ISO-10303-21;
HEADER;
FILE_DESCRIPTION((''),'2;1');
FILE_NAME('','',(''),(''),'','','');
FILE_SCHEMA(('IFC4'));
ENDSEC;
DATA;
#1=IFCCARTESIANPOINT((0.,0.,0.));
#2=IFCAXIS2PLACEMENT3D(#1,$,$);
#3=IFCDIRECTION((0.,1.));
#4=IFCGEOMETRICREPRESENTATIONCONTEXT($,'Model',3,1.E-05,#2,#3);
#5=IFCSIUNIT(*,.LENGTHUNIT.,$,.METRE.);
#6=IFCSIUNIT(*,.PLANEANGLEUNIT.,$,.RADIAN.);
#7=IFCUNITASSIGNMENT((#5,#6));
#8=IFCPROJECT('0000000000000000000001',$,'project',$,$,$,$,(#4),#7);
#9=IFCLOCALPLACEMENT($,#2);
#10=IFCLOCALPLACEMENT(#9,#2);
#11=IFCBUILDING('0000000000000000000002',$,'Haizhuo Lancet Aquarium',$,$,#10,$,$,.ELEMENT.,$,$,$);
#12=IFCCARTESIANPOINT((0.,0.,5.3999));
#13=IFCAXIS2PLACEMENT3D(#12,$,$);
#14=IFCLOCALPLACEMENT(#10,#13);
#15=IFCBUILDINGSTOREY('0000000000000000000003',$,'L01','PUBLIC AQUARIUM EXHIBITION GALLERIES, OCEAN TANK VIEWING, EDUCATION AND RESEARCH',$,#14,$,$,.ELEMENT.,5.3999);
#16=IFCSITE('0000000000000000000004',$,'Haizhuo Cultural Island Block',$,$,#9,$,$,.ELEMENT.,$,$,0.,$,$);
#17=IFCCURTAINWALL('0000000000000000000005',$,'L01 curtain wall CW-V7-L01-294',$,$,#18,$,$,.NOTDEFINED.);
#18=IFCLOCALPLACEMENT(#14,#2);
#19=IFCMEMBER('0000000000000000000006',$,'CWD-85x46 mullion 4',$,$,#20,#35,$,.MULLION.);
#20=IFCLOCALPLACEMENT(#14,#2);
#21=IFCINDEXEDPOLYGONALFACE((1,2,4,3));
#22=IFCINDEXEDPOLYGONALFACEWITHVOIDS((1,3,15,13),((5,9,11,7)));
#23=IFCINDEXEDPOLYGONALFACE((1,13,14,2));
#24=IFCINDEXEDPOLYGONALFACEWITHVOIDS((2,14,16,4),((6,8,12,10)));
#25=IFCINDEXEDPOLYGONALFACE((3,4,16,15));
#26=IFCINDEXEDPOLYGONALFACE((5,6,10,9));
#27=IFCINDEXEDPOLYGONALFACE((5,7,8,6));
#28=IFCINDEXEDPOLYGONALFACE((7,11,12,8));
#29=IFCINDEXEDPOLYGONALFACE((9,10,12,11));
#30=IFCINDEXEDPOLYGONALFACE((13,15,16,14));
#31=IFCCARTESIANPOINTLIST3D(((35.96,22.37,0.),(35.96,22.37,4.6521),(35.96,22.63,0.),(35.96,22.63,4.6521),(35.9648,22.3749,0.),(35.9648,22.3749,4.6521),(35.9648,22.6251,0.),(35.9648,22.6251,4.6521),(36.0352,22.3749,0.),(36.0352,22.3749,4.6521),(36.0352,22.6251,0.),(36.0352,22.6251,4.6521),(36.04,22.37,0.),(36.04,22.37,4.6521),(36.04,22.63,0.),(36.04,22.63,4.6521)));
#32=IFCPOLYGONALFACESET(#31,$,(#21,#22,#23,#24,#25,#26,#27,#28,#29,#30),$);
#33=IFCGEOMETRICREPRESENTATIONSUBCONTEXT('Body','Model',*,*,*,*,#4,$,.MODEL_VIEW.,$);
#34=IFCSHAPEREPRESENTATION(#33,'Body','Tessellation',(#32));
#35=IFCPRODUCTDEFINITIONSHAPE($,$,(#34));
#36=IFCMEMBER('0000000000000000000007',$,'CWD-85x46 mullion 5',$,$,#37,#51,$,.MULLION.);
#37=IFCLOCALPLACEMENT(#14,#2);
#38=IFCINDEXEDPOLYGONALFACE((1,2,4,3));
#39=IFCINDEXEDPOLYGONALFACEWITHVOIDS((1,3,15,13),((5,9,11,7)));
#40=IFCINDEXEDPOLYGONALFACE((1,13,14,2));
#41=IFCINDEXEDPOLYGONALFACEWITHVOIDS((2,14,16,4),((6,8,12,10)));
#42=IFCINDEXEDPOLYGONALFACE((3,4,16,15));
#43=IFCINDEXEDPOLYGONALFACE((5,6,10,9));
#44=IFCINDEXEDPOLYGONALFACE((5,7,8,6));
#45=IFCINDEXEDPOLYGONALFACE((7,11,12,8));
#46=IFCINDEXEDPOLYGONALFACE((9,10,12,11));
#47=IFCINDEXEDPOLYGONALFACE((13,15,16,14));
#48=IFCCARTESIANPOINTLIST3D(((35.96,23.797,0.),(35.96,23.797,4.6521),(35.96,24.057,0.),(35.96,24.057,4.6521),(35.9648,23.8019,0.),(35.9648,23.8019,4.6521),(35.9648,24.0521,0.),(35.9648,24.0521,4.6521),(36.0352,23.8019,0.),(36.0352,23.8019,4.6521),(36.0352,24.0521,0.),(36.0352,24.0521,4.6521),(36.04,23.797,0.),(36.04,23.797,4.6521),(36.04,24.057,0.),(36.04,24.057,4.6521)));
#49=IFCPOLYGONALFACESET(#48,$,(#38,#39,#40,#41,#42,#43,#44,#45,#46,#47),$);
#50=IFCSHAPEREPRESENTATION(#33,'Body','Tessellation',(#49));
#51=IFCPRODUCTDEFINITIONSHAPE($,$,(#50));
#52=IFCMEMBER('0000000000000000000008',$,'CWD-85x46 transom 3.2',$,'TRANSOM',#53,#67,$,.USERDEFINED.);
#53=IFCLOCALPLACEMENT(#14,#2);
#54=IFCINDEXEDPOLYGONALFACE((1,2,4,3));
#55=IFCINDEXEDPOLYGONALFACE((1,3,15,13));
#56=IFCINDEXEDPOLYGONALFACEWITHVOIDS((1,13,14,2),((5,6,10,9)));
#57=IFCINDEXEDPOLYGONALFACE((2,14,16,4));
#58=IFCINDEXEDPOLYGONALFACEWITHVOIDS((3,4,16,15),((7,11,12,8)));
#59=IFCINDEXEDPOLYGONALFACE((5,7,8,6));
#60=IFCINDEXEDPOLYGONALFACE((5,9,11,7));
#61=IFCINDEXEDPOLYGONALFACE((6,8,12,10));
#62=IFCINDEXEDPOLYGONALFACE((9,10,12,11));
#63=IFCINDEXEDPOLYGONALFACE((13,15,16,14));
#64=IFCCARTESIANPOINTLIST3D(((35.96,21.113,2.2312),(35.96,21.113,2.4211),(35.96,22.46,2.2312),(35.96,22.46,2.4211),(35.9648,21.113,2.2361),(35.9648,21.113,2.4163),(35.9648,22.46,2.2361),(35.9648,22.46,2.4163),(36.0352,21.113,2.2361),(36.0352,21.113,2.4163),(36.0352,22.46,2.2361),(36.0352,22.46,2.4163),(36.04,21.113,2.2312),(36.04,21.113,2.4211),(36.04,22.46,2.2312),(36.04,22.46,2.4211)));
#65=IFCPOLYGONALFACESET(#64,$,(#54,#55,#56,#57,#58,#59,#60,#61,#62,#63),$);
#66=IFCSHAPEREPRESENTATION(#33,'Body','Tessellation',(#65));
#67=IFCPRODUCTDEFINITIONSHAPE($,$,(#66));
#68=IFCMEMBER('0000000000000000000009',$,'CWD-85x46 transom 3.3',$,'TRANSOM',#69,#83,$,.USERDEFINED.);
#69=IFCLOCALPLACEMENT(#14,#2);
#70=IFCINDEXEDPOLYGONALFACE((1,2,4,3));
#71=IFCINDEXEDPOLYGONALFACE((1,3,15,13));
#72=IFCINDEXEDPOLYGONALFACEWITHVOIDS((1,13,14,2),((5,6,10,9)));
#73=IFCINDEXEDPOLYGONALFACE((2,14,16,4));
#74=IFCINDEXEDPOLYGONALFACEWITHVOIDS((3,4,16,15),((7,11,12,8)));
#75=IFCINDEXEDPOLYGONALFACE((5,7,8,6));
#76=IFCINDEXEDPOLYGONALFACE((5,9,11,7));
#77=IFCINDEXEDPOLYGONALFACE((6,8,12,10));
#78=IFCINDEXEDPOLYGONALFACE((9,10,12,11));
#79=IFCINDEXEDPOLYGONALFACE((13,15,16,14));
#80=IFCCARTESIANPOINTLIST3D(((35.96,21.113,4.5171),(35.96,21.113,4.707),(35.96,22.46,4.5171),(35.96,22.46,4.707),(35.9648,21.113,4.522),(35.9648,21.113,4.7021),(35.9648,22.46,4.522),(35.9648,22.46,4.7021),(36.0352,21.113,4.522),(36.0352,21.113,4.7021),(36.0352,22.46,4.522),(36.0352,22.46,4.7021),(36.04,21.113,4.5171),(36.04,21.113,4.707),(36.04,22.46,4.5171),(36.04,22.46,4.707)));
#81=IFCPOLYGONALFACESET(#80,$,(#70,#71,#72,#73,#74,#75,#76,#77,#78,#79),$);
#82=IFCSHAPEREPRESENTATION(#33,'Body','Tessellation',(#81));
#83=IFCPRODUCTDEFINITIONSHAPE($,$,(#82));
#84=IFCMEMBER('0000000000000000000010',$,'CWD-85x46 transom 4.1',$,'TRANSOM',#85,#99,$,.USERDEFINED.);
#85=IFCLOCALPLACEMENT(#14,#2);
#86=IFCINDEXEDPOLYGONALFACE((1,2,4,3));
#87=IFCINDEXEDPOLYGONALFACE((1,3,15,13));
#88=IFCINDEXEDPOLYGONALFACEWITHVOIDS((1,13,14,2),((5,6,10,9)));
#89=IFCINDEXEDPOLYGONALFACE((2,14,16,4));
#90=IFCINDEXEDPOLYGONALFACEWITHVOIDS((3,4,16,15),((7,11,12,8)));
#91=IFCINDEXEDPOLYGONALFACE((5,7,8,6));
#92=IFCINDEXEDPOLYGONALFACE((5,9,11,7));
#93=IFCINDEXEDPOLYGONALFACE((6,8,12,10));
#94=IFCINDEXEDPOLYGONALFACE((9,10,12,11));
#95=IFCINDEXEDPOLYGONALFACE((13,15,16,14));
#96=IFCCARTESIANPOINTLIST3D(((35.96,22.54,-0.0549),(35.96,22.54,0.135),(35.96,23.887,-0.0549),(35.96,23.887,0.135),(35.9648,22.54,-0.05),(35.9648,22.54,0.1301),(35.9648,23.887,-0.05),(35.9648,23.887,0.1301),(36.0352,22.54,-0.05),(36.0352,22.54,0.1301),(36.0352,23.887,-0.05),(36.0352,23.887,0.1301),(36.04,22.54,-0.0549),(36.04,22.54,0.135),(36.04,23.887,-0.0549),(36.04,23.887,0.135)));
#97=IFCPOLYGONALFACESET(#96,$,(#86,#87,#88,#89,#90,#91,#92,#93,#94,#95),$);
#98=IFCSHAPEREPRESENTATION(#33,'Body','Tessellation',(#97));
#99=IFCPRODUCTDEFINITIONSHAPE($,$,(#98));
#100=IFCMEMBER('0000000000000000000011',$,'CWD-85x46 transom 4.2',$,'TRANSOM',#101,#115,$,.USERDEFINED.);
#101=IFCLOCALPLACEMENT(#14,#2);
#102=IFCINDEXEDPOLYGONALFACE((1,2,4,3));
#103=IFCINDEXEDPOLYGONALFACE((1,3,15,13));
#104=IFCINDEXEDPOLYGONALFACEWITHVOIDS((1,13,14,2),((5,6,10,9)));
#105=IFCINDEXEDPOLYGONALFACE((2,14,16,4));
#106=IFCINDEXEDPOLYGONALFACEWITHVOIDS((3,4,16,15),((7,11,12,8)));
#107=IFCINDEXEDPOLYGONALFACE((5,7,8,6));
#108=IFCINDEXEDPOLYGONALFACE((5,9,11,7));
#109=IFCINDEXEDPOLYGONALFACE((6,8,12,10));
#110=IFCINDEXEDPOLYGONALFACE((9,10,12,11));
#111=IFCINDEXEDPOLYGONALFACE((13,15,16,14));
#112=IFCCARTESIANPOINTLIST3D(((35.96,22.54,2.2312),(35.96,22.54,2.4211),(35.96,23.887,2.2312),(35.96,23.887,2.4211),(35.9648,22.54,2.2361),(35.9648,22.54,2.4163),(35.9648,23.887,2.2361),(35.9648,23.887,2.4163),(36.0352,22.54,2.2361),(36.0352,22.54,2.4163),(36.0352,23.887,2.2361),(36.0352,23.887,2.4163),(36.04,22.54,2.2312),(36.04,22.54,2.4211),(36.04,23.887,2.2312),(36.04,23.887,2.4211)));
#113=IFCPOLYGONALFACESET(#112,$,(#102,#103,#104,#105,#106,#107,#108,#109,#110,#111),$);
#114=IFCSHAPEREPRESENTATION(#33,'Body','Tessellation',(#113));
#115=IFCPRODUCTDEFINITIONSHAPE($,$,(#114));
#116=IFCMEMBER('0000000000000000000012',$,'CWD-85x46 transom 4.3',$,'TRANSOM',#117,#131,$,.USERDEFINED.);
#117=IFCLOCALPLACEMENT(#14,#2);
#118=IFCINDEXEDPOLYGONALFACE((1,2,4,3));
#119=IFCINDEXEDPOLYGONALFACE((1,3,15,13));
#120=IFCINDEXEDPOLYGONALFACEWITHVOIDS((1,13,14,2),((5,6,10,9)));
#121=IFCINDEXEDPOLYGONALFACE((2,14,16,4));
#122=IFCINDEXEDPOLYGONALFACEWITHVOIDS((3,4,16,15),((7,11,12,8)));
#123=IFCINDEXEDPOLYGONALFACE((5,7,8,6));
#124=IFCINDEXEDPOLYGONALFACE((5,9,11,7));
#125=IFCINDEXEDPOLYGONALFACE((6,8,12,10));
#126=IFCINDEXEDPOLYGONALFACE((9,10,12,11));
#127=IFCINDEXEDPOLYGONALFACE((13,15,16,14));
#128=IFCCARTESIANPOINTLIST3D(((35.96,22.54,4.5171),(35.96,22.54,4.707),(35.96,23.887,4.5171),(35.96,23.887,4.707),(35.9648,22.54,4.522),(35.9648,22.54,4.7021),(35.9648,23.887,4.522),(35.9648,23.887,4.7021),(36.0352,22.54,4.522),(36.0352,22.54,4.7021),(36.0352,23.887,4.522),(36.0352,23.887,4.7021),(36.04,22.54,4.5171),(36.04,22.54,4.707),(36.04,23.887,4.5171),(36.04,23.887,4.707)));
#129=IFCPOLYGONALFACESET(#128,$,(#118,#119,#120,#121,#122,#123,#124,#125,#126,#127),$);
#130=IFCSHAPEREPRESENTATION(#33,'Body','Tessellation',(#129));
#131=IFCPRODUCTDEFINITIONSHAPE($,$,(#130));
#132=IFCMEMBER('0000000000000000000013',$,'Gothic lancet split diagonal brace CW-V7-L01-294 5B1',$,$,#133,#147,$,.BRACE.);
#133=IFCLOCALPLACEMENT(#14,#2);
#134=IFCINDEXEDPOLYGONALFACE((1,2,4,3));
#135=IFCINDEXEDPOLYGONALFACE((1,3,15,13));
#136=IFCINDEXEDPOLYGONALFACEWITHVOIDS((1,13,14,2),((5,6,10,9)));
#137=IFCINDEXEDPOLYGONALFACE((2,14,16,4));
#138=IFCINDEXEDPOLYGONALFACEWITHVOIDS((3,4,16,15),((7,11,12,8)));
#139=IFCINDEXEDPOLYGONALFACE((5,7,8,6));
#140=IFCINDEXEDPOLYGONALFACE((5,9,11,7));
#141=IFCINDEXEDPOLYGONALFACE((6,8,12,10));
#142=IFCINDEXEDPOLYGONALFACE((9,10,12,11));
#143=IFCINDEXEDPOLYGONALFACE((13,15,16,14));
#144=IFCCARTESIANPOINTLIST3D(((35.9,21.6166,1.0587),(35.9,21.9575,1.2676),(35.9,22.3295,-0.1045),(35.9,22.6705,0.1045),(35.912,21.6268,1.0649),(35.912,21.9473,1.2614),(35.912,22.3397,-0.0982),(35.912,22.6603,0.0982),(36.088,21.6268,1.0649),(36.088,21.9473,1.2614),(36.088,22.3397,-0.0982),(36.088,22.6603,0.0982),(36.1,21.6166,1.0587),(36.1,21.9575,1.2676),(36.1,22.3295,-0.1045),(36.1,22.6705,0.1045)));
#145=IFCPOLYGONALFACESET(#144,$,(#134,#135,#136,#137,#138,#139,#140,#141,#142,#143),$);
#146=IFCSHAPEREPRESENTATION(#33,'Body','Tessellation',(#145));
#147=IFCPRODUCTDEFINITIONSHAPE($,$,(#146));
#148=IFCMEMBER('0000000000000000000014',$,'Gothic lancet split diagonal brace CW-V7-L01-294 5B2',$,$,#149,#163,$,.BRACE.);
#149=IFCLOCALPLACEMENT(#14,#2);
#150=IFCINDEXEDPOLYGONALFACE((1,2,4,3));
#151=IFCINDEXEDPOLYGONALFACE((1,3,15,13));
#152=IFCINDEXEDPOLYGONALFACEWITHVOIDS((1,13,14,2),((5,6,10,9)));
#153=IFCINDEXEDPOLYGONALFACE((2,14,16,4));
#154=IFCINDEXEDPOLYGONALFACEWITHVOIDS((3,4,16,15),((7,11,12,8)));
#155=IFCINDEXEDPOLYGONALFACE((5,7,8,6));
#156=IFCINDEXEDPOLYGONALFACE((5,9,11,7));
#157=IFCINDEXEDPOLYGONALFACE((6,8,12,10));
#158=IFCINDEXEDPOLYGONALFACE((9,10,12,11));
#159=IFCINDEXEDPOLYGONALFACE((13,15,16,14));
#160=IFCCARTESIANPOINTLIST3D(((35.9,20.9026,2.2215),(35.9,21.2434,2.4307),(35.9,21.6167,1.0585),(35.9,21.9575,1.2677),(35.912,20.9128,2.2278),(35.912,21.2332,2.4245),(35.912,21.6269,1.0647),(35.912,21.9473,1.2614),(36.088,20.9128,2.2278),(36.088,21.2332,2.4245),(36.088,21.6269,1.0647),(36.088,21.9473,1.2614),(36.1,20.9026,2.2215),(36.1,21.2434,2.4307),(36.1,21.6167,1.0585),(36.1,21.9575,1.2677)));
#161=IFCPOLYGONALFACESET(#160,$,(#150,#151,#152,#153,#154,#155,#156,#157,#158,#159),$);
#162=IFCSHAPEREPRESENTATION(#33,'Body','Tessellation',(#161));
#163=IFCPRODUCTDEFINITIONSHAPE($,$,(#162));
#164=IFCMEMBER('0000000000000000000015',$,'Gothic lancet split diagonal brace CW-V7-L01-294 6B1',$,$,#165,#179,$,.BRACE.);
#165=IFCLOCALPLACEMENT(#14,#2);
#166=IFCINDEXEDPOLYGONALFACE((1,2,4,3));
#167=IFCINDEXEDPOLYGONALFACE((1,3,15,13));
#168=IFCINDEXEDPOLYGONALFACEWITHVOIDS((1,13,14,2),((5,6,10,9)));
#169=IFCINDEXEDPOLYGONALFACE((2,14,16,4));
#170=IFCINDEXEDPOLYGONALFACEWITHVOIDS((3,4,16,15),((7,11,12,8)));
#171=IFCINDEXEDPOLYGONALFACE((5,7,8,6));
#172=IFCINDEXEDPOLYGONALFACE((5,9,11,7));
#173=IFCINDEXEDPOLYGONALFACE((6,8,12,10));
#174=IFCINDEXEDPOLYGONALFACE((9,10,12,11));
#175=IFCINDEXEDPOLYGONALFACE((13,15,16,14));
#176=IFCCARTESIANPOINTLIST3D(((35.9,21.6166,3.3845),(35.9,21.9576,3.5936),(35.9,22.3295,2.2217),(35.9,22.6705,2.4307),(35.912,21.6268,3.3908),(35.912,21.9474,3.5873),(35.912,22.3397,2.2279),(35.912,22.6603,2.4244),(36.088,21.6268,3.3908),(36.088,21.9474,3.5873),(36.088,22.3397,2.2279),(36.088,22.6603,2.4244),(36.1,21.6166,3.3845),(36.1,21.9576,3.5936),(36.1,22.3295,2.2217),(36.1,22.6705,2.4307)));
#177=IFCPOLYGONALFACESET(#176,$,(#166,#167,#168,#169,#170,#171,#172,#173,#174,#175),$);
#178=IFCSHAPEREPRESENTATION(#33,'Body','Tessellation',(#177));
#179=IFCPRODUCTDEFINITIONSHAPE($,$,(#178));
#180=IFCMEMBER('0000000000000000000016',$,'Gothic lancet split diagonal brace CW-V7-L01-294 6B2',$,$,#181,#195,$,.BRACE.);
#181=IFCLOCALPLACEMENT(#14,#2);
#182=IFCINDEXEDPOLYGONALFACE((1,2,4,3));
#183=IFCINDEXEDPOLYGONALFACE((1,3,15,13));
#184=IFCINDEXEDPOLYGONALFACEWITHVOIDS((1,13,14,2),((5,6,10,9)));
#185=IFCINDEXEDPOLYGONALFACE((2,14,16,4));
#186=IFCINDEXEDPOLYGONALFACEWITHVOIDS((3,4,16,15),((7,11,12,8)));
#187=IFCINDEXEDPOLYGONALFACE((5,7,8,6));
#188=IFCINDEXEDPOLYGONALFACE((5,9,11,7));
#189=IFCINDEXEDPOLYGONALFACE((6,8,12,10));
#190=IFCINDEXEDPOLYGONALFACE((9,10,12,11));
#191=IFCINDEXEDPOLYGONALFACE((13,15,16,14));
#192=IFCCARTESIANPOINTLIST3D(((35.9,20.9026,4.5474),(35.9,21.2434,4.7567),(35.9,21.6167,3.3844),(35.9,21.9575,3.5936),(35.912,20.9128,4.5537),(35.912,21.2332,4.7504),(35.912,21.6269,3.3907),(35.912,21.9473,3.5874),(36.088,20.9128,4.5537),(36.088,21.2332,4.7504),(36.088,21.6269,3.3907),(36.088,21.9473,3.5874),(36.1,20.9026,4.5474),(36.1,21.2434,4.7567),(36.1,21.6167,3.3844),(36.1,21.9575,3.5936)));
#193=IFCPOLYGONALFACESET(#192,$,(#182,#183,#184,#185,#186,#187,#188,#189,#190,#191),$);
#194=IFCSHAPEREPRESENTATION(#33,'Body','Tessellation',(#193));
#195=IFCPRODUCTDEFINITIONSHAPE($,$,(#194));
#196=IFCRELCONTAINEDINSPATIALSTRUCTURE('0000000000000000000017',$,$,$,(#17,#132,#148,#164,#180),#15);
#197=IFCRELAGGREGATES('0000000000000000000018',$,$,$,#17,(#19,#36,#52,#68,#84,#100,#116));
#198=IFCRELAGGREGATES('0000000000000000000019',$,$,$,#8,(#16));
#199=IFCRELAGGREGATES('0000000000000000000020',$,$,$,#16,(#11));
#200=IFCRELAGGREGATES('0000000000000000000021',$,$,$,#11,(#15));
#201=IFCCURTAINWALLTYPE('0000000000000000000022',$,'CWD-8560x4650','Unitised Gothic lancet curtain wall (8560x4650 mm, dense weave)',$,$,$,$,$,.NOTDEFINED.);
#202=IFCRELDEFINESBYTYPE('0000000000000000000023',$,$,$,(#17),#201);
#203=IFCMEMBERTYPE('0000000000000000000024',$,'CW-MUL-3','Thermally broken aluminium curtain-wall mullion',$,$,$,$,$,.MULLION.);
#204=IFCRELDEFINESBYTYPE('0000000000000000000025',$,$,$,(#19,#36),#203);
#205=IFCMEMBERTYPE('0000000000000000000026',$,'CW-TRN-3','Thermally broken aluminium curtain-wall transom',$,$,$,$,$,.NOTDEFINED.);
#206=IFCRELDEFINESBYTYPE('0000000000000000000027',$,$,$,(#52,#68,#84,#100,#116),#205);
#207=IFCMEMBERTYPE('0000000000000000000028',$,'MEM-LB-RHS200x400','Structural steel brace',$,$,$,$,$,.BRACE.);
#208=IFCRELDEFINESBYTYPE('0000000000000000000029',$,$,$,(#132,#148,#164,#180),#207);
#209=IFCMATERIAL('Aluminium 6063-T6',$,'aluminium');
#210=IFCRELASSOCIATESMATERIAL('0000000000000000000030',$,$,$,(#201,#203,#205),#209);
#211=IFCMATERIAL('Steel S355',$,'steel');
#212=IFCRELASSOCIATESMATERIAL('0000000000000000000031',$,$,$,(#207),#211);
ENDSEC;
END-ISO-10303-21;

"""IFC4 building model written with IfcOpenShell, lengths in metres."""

from ifc_helpers import new_model, si_unit, direction, frame, origin, origin_2d, place, context, subcontext, project, spatial, hollow_rectangle, extrude, material, material_profile, profile_set, type_object, element, aggregate, save


model = new_model("IFC4")

# Units and contexts
model_context = context("Model", 3, precision=1e-05, world=origin(), true_north=direction((0.0, 1.0)))
body_context = subcontext(model_context, "Body", "Model", "MODEL_VIEW")
ifc_project = project(units=[si_unit("LENGTHUNIT", "METRE"), si_unit("PLANEANGLEUNIT", "RADIAN")], contexts=[model_context])

# Site, building, storey
site_placement = place(None, origin())
site = spatial("IfcSite", under=ifc_project, at=site_placement, Name="Haizhuo Cultural Island Block", CompositionType="ELEMENT", RefElevation=0.0)
building_placement = place(site_placement, origin())
building = spatial("IfcBuilding", under=site, at=building_placement, Name="Haizhuo Lancet Aquarium", CompositionType="ELEMENT")
storey_placement = place(building_placement, frame((0.0, 0.0, 5.3999)))
storey = spatial("IfcBuildingStorey", under=building, at=storey_placement, Name="L01", Description="PUBLIC AQUARIUM EXHIBITION GALLERIES, OCEAN TANK VIEWING, EDUCATION AND RESEARCH", CompositionType="ELEMENT", Elevation=5.3999)

# Curtain wall, members
ifc_material_1 = material(Name="Aluminium 6063-T6", Category="aluminium")
curtain_wall_type = type_object("IfcCurtainWallType", Name="CWD-8560x4650", Description="Unitised Gothic lancet curtain wall (8560x4650 mm, dense weave)", PredefinedType="NOTDEFINED", material=ifc_material_1)
curtain_wall_placement = place(storey_placement, origin())
curtain_wall = element("IfcCurtainWall", 1, at=curtain_wall_placement, inside=storey, type_object=curtain_wall_type, Name="L01 curtain wall CW-V7-L01-294", PredefinedType="NOTDEFINED")
ifc_material_profile_1 = material_profile(ifc_material_1, hollow_rectangle(XDim=0.0801, YDim=0.26, WallThickness=0.0049, at=origin_2d()), Name="ALU-M 80x260x5")
ifc_profile_set_1 = profile_set([ifc_material_profile_1], Name="Aluminium 6063-T6")
member_type_1 = type_object("IfcMemberType", Name="CW-MUL-3", Description="Thermally broken aluminium curtain-wall mullion", PredefinedType="MULLION", material=ifc_profile_set_1)
member_1_placement = place(storey_placement, frame((36.0, 22.5, 0.0), z_axis=(0.0, 0.0, 1.0), x_axis=(-1.0, 0.0, 0.0)))
member_1 = element("IfcMember", 2, at=member_1_placement, type_object=member_type_1, Name="CWD-85x46 mullion 4", PredefinedType="MULLION", context=body_context, shape_type="SweptSolid", body=[
    extrude(hollow_rectangle(XDim=0.0801, YDim=0.26, WallThickness=0.0049, at=origin_2d()), origin(), (0.0, 0.0, 1.0), 4.6521),
])
member_2_placement = place(storey_placement, frame((36.0, 23.927, 0.0), z_axis=(0.0, 0.0, 1.0), x_axis=(-1.0, 0.0, 0.0)))
member_2 = element("IfcMember", 3, at=member_2_placement, type_object=member_type_1, Name="CWD-85x46 mullion 5", PredefinedType="MULLION", context=body_context, shape_type="SweptSolid", body=[
    extrude(hollow_rectangle(XDim=0.0801, YDim=0.26, WallThickness=0.0049, at=origin_2d()), origin(), (0.0, 0.0, 1.0), 4.6521),
])
ifc_material_profile_2 = material_profile(ifc_material_1, hollow_rectangle(XDim=0.0801, YDim=0.1899, WallThickness=0.0049, at=origin_2d()), Name="ALU-T 80x190x5")
ifc_profile_set_2 = profile_set([ifc_material_profile_2], Name="Aluminium 6063-T6")
member_type_2 = type_object("IfcMemberType", Name="CW-TRN-3", Description="Thermally broken aluminium curtain-wall transom", PredefinedType="NOTDEFINED", material=ifc_profile_set_2)
member_3_placement = place(storey_placement, frame((36.0, 21.113, 2.3262), z_axis=(0.0, 1.0, 0.0), x_axis=(-1.0, 0.0, 0.0)))
member_3 = element("IfcMember", 4, at=member_3_placement, type_object=member_type_2, Name="CWD-85x46 transom 3.2", ObjectType="TRANSOM", PredefinedType="USERDEFINED", context=body_context, shape_type="SweptSolid", body=[
    extrude(hollow_rectangle(XDim=0.0801, YDim=0.1899, WallThickness=0.0049, at=origin_2d()), origin(), (0.0, 0.0, 1.0), 1.3469),
])
member_4_placement = place(storey_placement, frame((36.0, 21.113, 4.6121), z_axis=(0.0, 1.0, 0.0), x_axis=(-1.0, 0.0, 0.0)))
member_4 = element("IfcMember", 5, at=member_4_placement, type_object=member_type_2, Name="CWD-85x46 transom 3.3", ObjectType="TRANSOM", PredefinedType="USERDEFINED", context=body_context, shape_type="SweptSolid", body=[
    extrude(hollow_rectangle(XDim=0.0801, YDim=0.1899, WallThickness=0.0049, at=origin_2d()), origin(), (0.0, 0.0, 1.0), 1.3469),
])
member_5_placement = place(storey_placement, frame((36.0, 22.54, 0.04), z_axis=(0.0, 1.0, 0.0), x_axis=(-1.0, 0.0, 0.0)))
member_5 = element("IfcMember", 6, at=member_5_placement, type_object=member_type_2, Name="CWD-85x46 transom 4.1", ObjectType="TRANSOM", PredefinedType="USERDEFINED", context=body_context, shape_type="SweptSolid", body=[
    extrude(hollow_rectangle(XDim=0.0801, YDim=0.1899, WallThickness=0.0049, at=origin_2d()), origin(), (0.0, 0.0, 1.0), 1.3469),
])
member_6_placement = place(storey_placement, frame((36.0, 22.54, 2.3262), z_axis=(0.0, 1.0, 0.0), x_axis=(-1.0, 0.0, 0.0)))
member_6 = element("IfcMember", 7, at=member_6_placement, type_object=member_type_2, Name="CWD-85x46 transom 4.2", ObjectType="TRANSOM", PredefinedType="USERDEFINED", context=body_context, shape_type="SweptSolid", body=[
    extrude(hollow_rectangle(XDim=0.0801, YDim=0.1899, WallThickness=0.0049, at=origin_2d()), origin(), (0.0, 0.0, 1.0), 1.3469),
])
member_7_placement = place(storey_placement, frame((36.0, 22.54, 4.6121), z_axis=(0.0, 1.0, 0.0), x_axis=(-1.0, 0.0, 0.0)))
member_7 = element("IfcMember", 8, at=member_7_placement, type_object=member_type_2, Name="CWD-85x46 transom 4.3", ObjectType="TRANSOM", PredefinedType="USERDEFINED", context=body_context, shape_type="SweptSolid", body=[
    extrude(hollow_rectangle(XDim=0.0801, YDim=0.1899, WallThickness=0.0049, at=origin_2d()), origin(), (0.0, 0.0, 1.0), 1.3469),
])

# Members
ifc_material_2 = material(Name="Steel S355", Category="steel")
ifc_material_profile_3 = material_profile(ifc_material_2, hollow_rectangle(XDim=0.2, YDim=0.3999, WallThickness=0.012, at=origin_2d()), Name="RHS 200x400x12")
ifc_profile_set_3 = profile_set([ifc_material_profile_3], Name="Steel S355")
member_type_3 = type_object("IfcMemberType", Name="MEM-LB-RHS200x400", Description="Structural steel brace", PredefinedType="BRACE", material=ifc_profile_set_3)
member_8_placement = place(storey_placement, frame((36.0, 22.5, 0.0), z_axis=(0.0, -0.522579, 0.852591), x_axis=(1.0, 0.0, 0.0)))
element("IfcMember", 9, at=member_8_placement, inside=storey, type_object=member_type_3, Name="Gothic lancet split diagonal brace CW-V7-L01-294 5B1", PredefinedType="BRACE", context=body_context, shape_type="SweptSolid", body=[
    extrude(hollow_rectangle(XDim=0.2, YDim=0.3999, WallThickness=0.012, at=origin_2d()), origin(), (0.0, 0.0, 1.0), 1.3643),
])
member_9_placement = place(storey_placement, frame((36.0, 21.7871, 1.1631), z_axis=(0.0, -0.523229, 0.852192), x_axis=(1.0, 0.0, 0.0)))
element("IfcMember", 10, at=member_9_placement, inside=storey, type_object=member_type_3, Name="Gothic lancet split diagonal brace CW-V7-L01-294 5B2", PredefinedType="BRACE", context=body_context, shape_type="SweptSolid", body=[
    extrude(hollow_rectangle(XDim=0.2, YDim=0.3999, WallThickness=0.012, at=origin_2d()), origin(), (0.0, 0.0, 1.0), 1.3647),
])
member_10_placement = place(storey_placement, frame((36.0, 22.5, 2.3262), z_axis=(0.0, -0.522659, 0.852542), x_axis=(1.0, 0.0, 0.0)))
element("IfcMember", 11, at=member_10_placement, inside=storey, type_object=member_type_3, Name="Gothic lancet split diagonal brace CW-V7-L01-294 6B1", PredefinedType="BRACE", context=body_context, shape_type="SweptSolid", body=[
    extrude(hollow_rectangle(XDim=0.2, YDim=0.3999, WallThickness=0.012, at=origin_2d()), origin(), (0.0, 0.0, 1.0), 1.364),
])
member_11_placement = place(storey_placement, frame((36.0, 21.7871, 3.489), z_axis=(0.0, -0.523229, 0.852192), x_axis=(1.0, 0.0, 0.0)))
element("IfcMember", 12, at=member_11_placement, inside=storey, type_object=member_type_3, Name="Gothic lancet split diagonal brace CW-V7-L01-294 6B2", PredefinedType="BRACE", context=body_context, shape_type="SweptSolid", body=[
    extrude(hollow_rectangle(XDim=0.2, YDim=0.3999, WallThickness=0.012, at=origin_2d()), origin(), (0.0, 0.0, 1.0), 1.3647),
])

aggregate(curtain_wall, [member_1, member_2, member_3, member_4, member_5, member_6, member_7])

save(model, "model.ifc")
